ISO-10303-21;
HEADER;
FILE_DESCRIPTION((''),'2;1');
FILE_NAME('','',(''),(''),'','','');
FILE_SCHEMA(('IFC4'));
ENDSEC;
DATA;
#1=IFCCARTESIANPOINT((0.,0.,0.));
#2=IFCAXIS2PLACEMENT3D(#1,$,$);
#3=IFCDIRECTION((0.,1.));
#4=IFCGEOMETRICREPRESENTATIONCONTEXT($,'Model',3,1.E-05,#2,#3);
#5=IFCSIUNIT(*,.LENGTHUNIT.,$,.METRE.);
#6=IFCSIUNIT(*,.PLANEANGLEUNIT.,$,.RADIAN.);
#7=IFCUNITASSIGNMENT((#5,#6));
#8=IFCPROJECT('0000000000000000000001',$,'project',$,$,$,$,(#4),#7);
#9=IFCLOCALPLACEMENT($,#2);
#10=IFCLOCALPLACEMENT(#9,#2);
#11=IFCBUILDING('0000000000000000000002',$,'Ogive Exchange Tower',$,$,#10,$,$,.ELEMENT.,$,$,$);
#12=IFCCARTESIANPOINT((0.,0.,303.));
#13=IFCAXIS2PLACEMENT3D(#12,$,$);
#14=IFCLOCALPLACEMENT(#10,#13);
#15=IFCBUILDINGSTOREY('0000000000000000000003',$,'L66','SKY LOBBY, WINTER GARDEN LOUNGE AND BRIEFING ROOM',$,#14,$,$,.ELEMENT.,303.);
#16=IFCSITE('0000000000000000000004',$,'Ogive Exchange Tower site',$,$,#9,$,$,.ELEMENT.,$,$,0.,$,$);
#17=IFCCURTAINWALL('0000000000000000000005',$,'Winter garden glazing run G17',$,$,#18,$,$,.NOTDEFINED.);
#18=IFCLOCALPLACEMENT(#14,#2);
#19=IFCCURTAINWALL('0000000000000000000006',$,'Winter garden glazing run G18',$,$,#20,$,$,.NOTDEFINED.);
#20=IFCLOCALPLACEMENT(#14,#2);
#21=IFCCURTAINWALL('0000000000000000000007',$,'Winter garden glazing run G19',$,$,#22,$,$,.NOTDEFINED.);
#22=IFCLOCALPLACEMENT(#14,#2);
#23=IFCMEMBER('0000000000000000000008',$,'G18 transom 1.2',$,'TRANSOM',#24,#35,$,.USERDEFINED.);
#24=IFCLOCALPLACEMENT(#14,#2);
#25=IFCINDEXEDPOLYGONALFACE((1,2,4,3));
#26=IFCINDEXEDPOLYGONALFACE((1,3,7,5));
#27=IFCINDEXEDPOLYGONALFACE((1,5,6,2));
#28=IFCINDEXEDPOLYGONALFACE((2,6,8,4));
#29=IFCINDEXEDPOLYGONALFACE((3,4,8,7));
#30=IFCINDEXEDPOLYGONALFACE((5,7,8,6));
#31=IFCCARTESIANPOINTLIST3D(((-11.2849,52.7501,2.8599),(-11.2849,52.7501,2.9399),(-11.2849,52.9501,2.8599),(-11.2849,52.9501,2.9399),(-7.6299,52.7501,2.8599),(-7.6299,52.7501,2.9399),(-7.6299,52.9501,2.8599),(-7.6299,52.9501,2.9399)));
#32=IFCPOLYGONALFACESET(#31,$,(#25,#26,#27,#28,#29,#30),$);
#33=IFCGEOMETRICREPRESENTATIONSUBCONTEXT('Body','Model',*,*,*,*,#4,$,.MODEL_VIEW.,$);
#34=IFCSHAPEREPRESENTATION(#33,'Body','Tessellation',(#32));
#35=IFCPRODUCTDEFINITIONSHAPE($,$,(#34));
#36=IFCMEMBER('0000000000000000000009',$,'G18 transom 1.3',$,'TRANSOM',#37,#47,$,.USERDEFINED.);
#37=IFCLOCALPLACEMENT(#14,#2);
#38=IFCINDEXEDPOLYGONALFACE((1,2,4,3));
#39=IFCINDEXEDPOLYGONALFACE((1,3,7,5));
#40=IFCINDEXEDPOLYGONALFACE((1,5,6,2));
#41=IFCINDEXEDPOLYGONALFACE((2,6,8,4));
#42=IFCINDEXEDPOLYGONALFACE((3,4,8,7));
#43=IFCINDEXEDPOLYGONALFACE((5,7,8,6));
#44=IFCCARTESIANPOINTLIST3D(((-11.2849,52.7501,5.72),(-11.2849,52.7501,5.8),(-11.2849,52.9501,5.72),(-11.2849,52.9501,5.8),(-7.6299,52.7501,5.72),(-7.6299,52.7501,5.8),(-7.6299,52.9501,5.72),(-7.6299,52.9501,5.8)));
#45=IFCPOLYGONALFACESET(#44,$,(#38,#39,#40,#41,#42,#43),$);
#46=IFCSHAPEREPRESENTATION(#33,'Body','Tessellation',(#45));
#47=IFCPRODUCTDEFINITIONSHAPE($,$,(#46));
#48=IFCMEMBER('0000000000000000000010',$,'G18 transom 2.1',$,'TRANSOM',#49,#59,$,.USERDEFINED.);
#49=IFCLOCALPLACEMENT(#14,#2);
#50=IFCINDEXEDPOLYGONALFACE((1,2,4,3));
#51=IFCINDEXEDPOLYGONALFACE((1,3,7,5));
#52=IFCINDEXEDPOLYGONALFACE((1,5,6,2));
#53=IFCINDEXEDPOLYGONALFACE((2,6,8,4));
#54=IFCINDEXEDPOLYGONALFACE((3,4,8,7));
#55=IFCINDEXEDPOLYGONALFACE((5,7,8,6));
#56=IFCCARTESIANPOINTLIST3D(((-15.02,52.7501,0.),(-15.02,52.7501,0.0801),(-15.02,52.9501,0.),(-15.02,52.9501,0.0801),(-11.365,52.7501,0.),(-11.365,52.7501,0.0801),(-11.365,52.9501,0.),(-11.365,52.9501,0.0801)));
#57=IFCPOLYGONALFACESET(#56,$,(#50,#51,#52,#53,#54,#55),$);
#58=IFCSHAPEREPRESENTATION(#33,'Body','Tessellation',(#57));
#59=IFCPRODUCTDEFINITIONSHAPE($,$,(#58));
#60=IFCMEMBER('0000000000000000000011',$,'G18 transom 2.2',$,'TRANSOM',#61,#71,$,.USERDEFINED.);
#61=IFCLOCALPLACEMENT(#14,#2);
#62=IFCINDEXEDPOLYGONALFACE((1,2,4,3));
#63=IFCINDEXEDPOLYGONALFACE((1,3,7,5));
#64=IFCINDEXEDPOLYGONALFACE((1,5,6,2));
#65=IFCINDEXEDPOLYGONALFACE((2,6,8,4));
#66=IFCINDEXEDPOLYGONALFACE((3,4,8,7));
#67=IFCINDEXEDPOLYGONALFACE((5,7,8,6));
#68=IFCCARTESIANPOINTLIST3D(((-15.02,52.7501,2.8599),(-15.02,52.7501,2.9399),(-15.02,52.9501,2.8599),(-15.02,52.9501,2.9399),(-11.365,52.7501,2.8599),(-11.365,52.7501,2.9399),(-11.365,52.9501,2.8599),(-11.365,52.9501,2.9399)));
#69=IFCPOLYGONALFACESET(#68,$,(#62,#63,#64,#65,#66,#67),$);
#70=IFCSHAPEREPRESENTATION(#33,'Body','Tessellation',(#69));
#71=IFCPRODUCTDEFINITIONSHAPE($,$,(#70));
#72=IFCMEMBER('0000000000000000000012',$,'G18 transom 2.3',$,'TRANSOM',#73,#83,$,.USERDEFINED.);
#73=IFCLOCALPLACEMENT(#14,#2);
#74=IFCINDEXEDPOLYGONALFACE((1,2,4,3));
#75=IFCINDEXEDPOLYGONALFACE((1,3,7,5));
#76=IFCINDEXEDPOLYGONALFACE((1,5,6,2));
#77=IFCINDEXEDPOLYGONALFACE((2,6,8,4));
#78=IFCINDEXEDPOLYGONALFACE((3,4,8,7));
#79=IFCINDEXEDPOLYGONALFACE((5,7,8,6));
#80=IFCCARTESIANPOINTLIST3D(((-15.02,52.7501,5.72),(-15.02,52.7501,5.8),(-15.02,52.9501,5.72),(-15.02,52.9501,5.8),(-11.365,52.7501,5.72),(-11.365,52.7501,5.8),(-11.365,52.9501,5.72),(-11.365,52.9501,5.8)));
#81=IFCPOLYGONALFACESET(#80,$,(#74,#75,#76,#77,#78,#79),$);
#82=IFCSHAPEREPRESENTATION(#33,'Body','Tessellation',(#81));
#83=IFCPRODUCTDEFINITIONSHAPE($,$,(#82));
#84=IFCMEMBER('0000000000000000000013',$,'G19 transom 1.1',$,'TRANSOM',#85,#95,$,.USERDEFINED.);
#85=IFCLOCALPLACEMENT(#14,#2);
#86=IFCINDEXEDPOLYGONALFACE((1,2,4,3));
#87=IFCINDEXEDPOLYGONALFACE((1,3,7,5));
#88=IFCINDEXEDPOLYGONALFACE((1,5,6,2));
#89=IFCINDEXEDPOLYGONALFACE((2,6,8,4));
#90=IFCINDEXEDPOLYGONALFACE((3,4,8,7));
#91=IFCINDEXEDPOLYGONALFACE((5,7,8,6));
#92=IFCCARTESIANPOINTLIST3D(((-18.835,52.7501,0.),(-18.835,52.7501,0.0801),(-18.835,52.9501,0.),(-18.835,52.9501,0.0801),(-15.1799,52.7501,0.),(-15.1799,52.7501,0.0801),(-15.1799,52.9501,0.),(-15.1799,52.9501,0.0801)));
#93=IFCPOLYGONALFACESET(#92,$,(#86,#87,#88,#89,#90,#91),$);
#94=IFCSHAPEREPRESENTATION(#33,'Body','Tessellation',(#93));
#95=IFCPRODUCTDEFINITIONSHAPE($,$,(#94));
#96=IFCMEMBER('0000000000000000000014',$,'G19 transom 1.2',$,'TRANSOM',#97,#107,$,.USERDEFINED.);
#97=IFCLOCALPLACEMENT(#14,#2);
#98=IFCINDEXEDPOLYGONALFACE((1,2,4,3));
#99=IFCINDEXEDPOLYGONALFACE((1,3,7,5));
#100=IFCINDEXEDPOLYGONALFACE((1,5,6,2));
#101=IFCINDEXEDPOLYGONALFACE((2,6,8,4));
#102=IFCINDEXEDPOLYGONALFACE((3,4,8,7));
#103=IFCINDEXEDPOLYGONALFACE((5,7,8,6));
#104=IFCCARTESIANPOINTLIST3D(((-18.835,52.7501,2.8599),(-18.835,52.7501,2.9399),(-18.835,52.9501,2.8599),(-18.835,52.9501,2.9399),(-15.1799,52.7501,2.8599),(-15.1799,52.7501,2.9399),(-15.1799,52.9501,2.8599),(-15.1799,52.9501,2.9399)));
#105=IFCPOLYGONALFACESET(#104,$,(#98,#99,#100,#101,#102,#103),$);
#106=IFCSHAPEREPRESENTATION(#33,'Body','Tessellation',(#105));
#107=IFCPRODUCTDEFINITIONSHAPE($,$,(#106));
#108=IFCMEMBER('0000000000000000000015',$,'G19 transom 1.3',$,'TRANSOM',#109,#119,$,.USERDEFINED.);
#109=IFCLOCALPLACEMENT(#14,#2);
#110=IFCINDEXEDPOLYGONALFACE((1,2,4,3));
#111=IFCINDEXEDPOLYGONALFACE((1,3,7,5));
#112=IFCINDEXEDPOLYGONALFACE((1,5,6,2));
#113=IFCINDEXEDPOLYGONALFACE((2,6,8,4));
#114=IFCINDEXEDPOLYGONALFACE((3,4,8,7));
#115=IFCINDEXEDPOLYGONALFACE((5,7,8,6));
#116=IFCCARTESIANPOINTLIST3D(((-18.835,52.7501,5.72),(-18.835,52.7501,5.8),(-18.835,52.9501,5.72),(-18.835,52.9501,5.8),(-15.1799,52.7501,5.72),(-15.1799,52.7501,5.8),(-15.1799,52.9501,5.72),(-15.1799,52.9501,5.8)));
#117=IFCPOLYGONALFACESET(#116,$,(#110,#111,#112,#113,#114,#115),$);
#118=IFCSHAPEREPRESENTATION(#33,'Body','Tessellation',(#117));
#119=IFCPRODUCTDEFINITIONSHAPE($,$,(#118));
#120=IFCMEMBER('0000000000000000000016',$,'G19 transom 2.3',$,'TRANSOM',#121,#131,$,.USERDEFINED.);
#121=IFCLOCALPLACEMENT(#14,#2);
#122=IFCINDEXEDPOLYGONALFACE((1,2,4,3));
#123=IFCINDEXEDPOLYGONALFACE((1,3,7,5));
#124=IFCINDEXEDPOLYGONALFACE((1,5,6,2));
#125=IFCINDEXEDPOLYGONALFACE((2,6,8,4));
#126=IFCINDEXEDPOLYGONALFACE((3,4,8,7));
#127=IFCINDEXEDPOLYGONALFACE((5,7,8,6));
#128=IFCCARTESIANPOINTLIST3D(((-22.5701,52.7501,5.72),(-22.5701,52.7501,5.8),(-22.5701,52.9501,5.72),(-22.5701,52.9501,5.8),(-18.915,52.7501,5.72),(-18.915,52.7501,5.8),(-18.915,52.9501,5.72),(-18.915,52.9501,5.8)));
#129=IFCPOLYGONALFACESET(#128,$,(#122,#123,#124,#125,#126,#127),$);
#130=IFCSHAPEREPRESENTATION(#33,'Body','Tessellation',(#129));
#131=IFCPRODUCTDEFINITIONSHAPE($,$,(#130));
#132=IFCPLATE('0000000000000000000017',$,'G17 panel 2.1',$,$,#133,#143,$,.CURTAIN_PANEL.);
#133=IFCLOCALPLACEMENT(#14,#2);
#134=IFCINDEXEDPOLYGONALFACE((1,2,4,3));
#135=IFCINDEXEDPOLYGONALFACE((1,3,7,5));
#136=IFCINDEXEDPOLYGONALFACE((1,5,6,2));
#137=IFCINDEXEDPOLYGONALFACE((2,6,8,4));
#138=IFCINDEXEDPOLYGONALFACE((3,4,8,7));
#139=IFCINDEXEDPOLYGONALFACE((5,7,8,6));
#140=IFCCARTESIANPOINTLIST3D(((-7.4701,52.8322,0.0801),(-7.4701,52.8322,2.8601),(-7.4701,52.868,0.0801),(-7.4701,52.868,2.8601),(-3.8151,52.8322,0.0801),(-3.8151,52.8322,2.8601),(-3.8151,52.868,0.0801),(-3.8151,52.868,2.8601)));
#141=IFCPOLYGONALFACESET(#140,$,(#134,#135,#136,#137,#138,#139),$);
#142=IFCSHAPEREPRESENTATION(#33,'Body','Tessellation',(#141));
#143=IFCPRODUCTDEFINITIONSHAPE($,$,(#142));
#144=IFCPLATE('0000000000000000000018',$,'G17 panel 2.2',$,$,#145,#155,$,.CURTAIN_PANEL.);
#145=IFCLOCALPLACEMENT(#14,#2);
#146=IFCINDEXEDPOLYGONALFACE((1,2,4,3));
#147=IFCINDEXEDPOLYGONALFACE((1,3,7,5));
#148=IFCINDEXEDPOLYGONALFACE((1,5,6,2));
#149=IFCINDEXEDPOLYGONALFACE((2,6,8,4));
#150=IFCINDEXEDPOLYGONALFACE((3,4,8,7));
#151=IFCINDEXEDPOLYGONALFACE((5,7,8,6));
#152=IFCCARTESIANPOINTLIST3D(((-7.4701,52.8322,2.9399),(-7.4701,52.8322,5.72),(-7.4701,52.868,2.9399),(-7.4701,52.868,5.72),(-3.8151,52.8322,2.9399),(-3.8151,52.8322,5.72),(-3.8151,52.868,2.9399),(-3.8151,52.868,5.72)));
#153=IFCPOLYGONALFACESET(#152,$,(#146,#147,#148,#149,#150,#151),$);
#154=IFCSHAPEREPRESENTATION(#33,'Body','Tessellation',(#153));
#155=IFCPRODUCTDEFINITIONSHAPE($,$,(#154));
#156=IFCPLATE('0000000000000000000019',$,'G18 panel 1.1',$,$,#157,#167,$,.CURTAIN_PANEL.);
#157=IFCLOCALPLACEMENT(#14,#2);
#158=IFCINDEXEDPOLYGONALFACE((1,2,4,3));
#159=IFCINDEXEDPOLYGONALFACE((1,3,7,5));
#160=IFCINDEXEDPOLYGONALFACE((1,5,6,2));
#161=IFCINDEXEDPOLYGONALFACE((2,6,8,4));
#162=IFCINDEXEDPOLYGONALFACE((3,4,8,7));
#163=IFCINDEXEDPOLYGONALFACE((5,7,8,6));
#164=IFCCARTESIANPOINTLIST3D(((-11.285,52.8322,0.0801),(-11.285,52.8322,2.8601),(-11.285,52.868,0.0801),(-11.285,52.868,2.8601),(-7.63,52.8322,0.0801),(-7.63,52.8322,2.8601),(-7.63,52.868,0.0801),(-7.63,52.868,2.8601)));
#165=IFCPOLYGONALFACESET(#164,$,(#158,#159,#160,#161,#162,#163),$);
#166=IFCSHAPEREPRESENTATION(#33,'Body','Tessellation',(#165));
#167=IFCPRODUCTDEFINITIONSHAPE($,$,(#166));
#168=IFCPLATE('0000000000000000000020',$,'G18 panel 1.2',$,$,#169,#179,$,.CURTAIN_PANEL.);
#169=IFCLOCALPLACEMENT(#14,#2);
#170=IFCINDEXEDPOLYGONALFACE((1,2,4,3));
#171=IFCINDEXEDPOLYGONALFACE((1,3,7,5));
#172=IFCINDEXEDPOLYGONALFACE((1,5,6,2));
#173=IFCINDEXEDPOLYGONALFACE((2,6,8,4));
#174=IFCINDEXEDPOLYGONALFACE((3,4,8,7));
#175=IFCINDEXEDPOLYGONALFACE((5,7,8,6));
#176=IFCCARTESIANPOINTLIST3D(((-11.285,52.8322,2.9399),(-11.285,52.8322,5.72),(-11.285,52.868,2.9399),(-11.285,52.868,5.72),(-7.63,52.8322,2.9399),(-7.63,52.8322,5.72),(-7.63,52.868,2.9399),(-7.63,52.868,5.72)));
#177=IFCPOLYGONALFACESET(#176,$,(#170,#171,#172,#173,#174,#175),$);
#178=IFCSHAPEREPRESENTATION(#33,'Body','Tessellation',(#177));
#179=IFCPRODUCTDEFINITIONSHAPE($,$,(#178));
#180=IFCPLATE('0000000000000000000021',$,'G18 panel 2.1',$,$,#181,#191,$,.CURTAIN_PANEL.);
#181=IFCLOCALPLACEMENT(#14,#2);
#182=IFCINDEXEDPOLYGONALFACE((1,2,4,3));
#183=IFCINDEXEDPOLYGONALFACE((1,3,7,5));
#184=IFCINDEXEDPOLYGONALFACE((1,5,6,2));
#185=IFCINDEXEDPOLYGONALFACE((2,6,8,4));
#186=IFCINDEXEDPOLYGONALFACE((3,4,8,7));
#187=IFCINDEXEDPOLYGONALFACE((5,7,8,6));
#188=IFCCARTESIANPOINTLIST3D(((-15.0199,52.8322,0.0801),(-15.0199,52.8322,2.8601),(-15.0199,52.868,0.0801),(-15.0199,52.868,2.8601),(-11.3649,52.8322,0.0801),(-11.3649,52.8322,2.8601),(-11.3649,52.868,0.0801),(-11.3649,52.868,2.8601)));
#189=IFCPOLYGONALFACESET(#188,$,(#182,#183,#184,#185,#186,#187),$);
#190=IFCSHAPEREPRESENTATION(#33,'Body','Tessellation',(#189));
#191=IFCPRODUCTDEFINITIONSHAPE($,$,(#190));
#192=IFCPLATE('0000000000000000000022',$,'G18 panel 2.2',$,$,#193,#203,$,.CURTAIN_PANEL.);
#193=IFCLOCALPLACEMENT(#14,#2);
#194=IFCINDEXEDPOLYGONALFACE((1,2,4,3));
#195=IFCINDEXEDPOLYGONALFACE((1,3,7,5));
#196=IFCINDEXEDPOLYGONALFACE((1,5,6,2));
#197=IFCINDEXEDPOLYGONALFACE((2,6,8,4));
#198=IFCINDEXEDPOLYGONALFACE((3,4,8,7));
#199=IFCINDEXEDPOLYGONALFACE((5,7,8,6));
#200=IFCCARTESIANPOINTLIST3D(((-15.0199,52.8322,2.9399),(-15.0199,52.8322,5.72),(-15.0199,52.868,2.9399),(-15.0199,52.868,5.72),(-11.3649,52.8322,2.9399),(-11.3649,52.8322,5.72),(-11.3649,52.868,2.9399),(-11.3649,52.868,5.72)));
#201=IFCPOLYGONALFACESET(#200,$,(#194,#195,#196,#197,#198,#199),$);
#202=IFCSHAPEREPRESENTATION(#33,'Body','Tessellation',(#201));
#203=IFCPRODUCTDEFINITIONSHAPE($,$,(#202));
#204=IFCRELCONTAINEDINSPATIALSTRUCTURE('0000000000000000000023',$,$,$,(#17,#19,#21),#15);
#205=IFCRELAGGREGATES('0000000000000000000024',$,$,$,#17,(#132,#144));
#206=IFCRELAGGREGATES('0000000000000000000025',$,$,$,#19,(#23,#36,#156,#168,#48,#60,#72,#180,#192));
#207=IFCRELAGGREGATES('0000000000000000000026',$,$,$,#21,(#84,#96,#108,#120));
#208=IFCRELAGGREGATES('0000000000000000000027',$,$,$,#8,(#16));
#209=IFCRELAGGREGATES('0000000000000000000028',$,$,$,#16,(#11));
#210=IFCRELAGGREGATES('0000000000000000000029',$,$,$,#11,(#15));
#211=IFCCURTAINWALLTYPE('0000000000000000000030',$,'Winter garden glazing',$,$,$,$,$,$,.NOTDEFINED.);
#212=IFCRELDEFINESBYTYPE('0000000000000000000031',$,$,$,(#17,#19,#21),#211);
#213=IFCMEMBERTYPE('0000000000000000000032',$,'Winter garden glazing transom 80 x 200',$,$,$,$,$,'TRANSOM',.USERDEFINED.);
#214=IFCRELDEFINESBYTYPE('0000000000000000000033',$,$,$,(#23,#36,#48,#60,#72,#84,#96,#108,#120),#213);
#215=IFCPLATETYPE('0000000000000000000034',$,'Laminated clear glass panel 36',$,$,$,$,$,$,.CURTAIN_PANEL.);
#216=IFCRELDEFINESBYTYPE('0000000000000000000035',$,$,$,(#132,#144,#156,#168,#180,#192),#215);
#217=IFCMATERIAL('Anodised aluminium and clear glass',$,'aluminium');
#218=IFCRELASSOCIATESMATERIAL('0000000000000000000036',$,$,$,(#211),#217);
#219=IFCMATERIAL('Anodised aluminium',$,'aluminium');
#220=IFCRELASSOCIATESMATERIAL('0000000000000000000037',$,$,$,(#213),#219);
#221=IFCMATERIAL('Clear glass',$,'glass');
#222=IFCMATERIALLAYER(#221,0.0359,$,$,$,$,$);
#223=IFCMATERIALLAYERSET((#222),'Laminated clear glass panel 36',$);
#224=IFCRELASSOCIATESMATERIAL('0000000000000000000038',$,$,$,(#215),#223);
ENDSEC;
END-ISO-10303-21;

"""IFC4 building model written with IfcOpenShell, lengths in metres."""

from ifc_helpers import new_model, si_unit, direction, frame, origin, origin_2d, place, context, subcontext, project, spatial, rectangle, extrude, material, layer, layer_set, material_profile, profile_set, type_object, element, aggregate, save


model = new_model("IFC4")

# Units and contexts
model_context = context("Model", 3, precision=1e-05, world=origin(), true_north=direction((0.0, 1.0)))
body_context = subcontext(model_context, "Body", "Model", "MODEL_VIEW")
ifc_project = project(units=[si_unit("LENGTHUNIT", "METRE"), si_unit("PLANEANGLEUNIT", "RADIAN")], contexts=[model_context])

# Site, building, storey
site_placement = place(None, origin())
site = spatial("IfcSite", under=ifc_project, at=site_placement, Name="Ogive Exchange Tower site", CompositionType="ELEMENT", RefElevation=0.0)
building_placement = place(site_placement, origin())
building = spatial("IfcBuilding", under=site, at=building_placement, Name="Ogive Exchange Tower", CompositionType="ELEMENT")
storey_placement = place(building_placement, frame((0.0, 0.0, 303.0)))
storey = spatial("IfcBuildingStorey", under=building, at=storey_placement, Name="L66", Description="SKY LOBBY, WINTER GARDEN LOUNGE AND BRIEFING ROOM", CompositionType="ELEMENT", Elevation=303.0)

# Curtain wall
ifc_material_1 = material(Name="Anodised aluminium and clear glass", Category="aluminium")
curtain_wall_type = type_object("IfcCurtainWallType", Name="Winter garden glazing", PredefinedType="NOTDEFINED", material=ifc_material_1)
curtain_wall_1_placement = place(storey_placement, origin())
curtain_wall_1 = element("IfcCurtainWall", 1, at=curtain_wall_1_placement, inside=storey, type_object=curtain_wall_type, Name="Winter garden glazing run G17", PredefinedType="NOTDEFINED")
ifc_material_2 = material(Name="Anodised aluminium", Category="aluminium")

# Curtain walls
curtain_wall_2_placement = place(storey_placement, origin())
curtain_wall_2 = element("IfcCurtainWall", 2, at=curtain_wall_2_placement, inside=storey, type_object=curtain_wall_type, Name="Winter garden glazing run G18", PredefinedType="NOTDEFINED")
curtain_wall_3_placement = place(storey_placement, origin())
curtain_wall_3 = element("IfcCurtainWall", 3, at=curtain_wall_3_placement, inside=storey, type_object=curtain_wall_type, Name="Winter garden glazing run G19", PredefinedType="NOTDEFINED")

# Members
ifc_material_profile_1 = material_profile(ifc_material_2, rectangle(XDim=0.2, YDim=0.0801, at=origin_2d()), Name="AL 80x200")
ifc_profile_set_1 = profile_set([ifc_material_profile_1], Name="Anodised aluminium")
member_type_1 = type_object("IfcMemberType", Name="Winter garden glazing transom 80 x 200", ElementType="TRANSOM", PredefinedType="USERDEFINED", material=ifc_profile_set_1)
member_1_placement = place(storey_placement, frame((-7.6299, 52.8501, 2.8999), z_axis=(-1.0, 0.0, 0.0), x_axis=(0.0, -1.0, 0.0)))
member_1 = element("IfcMember", 4, at=member_1_placement, type_object=member_type_1, Name="G18 transom 1.2", ObjectType="TRANSOM", PredefinedType="USERDEFINED", context=body_context, shape_type="SweptSolid", body=[
    extrude(rectangle(XDim=0.2, YDim=0.0801, at=origin_2d()), origin(), (0.0, 0.0, 1.0), 3.655),
])
member_2_placement = place(storey_placement, frame((-7.6299, 52.8501, 5.76), z_axis=(-1.0, 0.0, 0.0), x_axis=(0.0, -1.0, 0.0)))
member_2 = element("IfcMember", 5, at=member_2_placement, type_object=member_type_1, Name="G18 transom 1.3", ObjectType="TRANSOM", PredefinedType="USERDEFINED", context=body_context, shape_type="SweptSolid", body=[
    extrude(rectangle(XDim=0.2, YDim=0.0801, at=origin_2d()), origin(), (0.0, 0.0, 1.0), 3.655),
])
member_3_placement = place(storey_placement, frame((-11.365, 52.8501, 0.04), z_axis=(-1.0, 0.0, 0.0), x_axis=(0.0, -1.0, 0.0)))
member_3 = element("IfcMember", 6, at=member_3_placement, type_object=member_type_1, Name="G18 transom 2.1", ObjectType="TRANSOM", PredefinedType="USERDEFINED", context=body_context, shape_type="SweptSolid", body=[
    extrude(rectangle(XDim=0.2, YDim=0.0801, at=origin_2d()), origin(), (0.0, 0.0, 1.0), 3.655),
])
member_4_placement = place(storey_placement, frame((-11.365, 52.8501, 2.8999), z_axis=(-1.0, 0.0, 0.0), x_axis=(0.0, -1.0, 0.0)))
member_4 = element("IfcMember", 7, at=member_4_placement, type_object=member_type_1, Name="G18 transom 2.2", ObjectType="TRANSOM", PredefinedType="USERDEFINED", context=body_context, shape_type="SweptSolid", body=[
    extrude(rectangle(XDim=0.2, YDim=0.0801, at=origin_2d()), origin(), (0.0, 0.0, 1.0), 3.655),
])
member_5_placement = place(storey_placement, frame((-11.365, 52.8501, 5.76), z_axis=(-1.0, 0.0, 0.0), x_axis=(0.0, -1.0, 0.0)))
member_5 = element("IfcMember", 8, at=member_5_placement, type_object=member_type_1, Name="G18 transom 2.3", ObjectType="TRANSOM", PredefinedType="USERDEFINED", context=body_context, shape_type="SweptSolid", body=[
    extrude(rectangle(XDim=0.2, YDim=0.0801, at=origin_2d()), origin(), (0.0, 0.0, 1.0), 3.655),
])
member_6_placement = place(storey_placement, frame((-15.1799, 52.8501, 0.04), z_axis=(-1.0, 0.0, 0.0), x_axis=(0.0, -1.0, 0.0)))
member_6 = element("IfcMember", 9, at=member_6_placement, type_object=member_type_1, Name="G19 transom 1.1", ObjectType="TRANSOM", PredefinedType="USERDEFINED", context=body_context, shape_type="SweptSolid", body=[
    extrude(rectangle(XDim=0.2, YDim=0.0801, at=origin_2d()), origin(), (0.0, 0.0, 1.0), 3.655),
])
member_7_placement = place(storey_placement, frame((-15.1799, 52.8501, 2.8999), z_axis=(-1.0, 0.0, 0.0), x_axis=(0.0, -1.0, 0.0)))
member_7 = element("IfcMember", 10, at=member_7_placement, type_object=member_type_1, Name="G19 transom 1.2", ObjectType="TRANSOM", PredefinedType="USERDEFINED", context=body_context, shape_type="SweptSolid", body=[
    extrude(rectangle(XDim=0.2, YDim=0.0801, at=origin_2d()), origin(), (0.0, 0.0, 1.0), 3.655),
])
member_8_placement = place(storey_placement, frame((-15.1799, 52.8501, 5.76), z_axis=(-1.0, 0.0, 0.0), x_axis=(0.0, -1.0, 0.0)))
member_8 = element("IfcMember", 11, at=member_8_placement, type_object=member_type_1, Name="G19 transom 1.3", ObjectType="TRANSOM", PredefinedType="USERDEFINED", context=body_context, shape_type="SweptSolid", body=[
    extrude(rectangle(XDim=0.2, YDim=0.0801, at=origin_2d()), origin(), (0.0, 0.0, 1.0), 3.655),
])
member_9_placement = place(storey_placement, frame((-18.915, 52.8501, 5.76), z_axis=(-1.0, 0.0, 0.0), x_axis=(0.0, -1.0, 0.0)))
member_9 = element("IfcMember", 12, at=member_9_placement, type_object=member_type_1, Name="G19 transom 2.3", ObjectType="TRANSOM", PredefinedType="USERDEFINED", context=body_context, shape_type="SweptSolid", body=[
    extrude(rectangle(XDim=0.2, YDim=0.0801, at=origin_2d()), origin(), (0.0, 0.0, 1.0), 3.655),
])

# Plates
ifc_material_3 = material(Name="Clear glass", Category="glass")
ifc_layer_1 = layer(ifc_material_3, 0.0359)
ifc_layer_set_1 = layer_set([ifc_layer_1], Name="Laminated clear glass panel 36")
plate_type = type_object("IfcPlateType", Name="Laminated clear glass panel 36", PredefinedType="CURTAIN_PANEL", material=ifc_layer_set_1)
plate_1_placement = place(storey_placement, frame((-5.6426, 52.8501, 0.0801), z_axis=(0.0, 0.0, 1.0), x_axis=(-1.0, 0.0, 0.0)))
plate_1 = element("IfcPlate", 13, at=plate_1_placement, type_object=plate_type, Name="G17 panel 2.1", PredefinedType="CURTAIN_PANEL", context=body_context, shape_type="SweptSolid", body=[
    extrude(rectangle(XDim=3.655, YDim=0.0359, at=origin_2d()), origin(), (0.0, 0.0, 1.0), 2.78),
])
plate_2_placement = place(storey_placement, frame((-5.6426, 52.8501, 2.9399), z_axis=(0.0, 0.0, 1.0), x_axis=(-1.0, 0.0, 0.0)))
plate_2 = element("IfcPlate", 14, at=plate_2_placement, type_object=plate_type, Name="G17 panel 2.2", PredefinedType="CURTAIN_PANEL", context=body_context, shape_type="SweptSolid", body=[
    extrude(rectangle(XDim=3.655, YDim=0.0359, at=origin_2d()), origin(), (0.0, 0.0, 1.0), 2.78),
])
aggregate(curtain_wall_1, [plate_1, plate_2])
plate_3_placement = place(storey_placement, frame((-9.4575, 52.8501, 0.0801), z_axis=(0.0, 0.0, 1.0), x_axis=(-1.0, 0.0, 0.0)))
plate_3 = element("IfcPlate", 15, at=plate_3_placement, type_object=plate_type, Name="G18 panel 1.1", PredefinedType="CURTAIN_PANEL", context=body_context, shape_type="SweptSolid", body=[
    extrude(rectangle(XDim=3.655, YDim=0.0359, at=origin_2d()), origin(), (0.0, 0.0, 1.0), 2.78),
])
plate_4_placement = place(storey_placement, frame((-9.4575, 52.8501, 2.9399), z_axis=(0.0, 0.0, 1.0), x_axis=(-1.0, 0.0, 0.0)))
plate_4 = element("IfcPlate", 16, at=plate_4_placement, type_object=plate_type, Name="G18 panel 1.2", PredefinedType="CURTAIN_PANEL", context=body_context, shape_type="SweptSolid", body=[
    extrude(rectangle(XDim=3.655, YDim=0.0359, at=origin_2d()), origin(), (0.0, 0.0, 1.0), 2.78),
])
plate_5_placement = place(storey_placement, frame((-13.1924, 52.8501, 0.0801), z_axis=(0.0, 0.0, 1.0), x_axis=(-1.0, 0.0, 0.0)))
plate_5 = element("IfcPlate", 17, at=plate_5_placement, type_object=plate_type, Name="G18 panel 2.1", PredefinedType="CURTAIN_PANEL", context=body_context, shape_type="SweptSolid", body=[
    extrude(rectangle(XDim=3.655, YDim=0.0359, at=origin_2d()), origin(), (0.0, 0.0, 1.0), 2.78),
])
plate_6_placement = place(storey_placement, frame((-13.1924, 52.8501, 2.9399), z_axis=(0.0, 0.0, 1.0), x_axis=(-1.0, 0.0, 0.0)))
plate_6 = element("IfcPlate", 18, at=plate_6_placement, type_object=plate_type, Name="G18 panel 2.2", PredefinedType="CURTAIN_PANEL", context=body_context, shape_type="SweptSolid", body=[
    extrude(rectangle(XDim=3.655, YDim=0.0359, at=origin_2d()), origin(), (0.0, 0.0, 1.0), 2.78),
])
aggregate(curtain_wall_2, [member_1, member_2, plate_3, plate_4, member_3, member_4, member_5, plate_5, plate_6])
aggregate(curtain_wall_3, [member_6, member_7, member_8, member_9])

save(model, "model.ifc")
